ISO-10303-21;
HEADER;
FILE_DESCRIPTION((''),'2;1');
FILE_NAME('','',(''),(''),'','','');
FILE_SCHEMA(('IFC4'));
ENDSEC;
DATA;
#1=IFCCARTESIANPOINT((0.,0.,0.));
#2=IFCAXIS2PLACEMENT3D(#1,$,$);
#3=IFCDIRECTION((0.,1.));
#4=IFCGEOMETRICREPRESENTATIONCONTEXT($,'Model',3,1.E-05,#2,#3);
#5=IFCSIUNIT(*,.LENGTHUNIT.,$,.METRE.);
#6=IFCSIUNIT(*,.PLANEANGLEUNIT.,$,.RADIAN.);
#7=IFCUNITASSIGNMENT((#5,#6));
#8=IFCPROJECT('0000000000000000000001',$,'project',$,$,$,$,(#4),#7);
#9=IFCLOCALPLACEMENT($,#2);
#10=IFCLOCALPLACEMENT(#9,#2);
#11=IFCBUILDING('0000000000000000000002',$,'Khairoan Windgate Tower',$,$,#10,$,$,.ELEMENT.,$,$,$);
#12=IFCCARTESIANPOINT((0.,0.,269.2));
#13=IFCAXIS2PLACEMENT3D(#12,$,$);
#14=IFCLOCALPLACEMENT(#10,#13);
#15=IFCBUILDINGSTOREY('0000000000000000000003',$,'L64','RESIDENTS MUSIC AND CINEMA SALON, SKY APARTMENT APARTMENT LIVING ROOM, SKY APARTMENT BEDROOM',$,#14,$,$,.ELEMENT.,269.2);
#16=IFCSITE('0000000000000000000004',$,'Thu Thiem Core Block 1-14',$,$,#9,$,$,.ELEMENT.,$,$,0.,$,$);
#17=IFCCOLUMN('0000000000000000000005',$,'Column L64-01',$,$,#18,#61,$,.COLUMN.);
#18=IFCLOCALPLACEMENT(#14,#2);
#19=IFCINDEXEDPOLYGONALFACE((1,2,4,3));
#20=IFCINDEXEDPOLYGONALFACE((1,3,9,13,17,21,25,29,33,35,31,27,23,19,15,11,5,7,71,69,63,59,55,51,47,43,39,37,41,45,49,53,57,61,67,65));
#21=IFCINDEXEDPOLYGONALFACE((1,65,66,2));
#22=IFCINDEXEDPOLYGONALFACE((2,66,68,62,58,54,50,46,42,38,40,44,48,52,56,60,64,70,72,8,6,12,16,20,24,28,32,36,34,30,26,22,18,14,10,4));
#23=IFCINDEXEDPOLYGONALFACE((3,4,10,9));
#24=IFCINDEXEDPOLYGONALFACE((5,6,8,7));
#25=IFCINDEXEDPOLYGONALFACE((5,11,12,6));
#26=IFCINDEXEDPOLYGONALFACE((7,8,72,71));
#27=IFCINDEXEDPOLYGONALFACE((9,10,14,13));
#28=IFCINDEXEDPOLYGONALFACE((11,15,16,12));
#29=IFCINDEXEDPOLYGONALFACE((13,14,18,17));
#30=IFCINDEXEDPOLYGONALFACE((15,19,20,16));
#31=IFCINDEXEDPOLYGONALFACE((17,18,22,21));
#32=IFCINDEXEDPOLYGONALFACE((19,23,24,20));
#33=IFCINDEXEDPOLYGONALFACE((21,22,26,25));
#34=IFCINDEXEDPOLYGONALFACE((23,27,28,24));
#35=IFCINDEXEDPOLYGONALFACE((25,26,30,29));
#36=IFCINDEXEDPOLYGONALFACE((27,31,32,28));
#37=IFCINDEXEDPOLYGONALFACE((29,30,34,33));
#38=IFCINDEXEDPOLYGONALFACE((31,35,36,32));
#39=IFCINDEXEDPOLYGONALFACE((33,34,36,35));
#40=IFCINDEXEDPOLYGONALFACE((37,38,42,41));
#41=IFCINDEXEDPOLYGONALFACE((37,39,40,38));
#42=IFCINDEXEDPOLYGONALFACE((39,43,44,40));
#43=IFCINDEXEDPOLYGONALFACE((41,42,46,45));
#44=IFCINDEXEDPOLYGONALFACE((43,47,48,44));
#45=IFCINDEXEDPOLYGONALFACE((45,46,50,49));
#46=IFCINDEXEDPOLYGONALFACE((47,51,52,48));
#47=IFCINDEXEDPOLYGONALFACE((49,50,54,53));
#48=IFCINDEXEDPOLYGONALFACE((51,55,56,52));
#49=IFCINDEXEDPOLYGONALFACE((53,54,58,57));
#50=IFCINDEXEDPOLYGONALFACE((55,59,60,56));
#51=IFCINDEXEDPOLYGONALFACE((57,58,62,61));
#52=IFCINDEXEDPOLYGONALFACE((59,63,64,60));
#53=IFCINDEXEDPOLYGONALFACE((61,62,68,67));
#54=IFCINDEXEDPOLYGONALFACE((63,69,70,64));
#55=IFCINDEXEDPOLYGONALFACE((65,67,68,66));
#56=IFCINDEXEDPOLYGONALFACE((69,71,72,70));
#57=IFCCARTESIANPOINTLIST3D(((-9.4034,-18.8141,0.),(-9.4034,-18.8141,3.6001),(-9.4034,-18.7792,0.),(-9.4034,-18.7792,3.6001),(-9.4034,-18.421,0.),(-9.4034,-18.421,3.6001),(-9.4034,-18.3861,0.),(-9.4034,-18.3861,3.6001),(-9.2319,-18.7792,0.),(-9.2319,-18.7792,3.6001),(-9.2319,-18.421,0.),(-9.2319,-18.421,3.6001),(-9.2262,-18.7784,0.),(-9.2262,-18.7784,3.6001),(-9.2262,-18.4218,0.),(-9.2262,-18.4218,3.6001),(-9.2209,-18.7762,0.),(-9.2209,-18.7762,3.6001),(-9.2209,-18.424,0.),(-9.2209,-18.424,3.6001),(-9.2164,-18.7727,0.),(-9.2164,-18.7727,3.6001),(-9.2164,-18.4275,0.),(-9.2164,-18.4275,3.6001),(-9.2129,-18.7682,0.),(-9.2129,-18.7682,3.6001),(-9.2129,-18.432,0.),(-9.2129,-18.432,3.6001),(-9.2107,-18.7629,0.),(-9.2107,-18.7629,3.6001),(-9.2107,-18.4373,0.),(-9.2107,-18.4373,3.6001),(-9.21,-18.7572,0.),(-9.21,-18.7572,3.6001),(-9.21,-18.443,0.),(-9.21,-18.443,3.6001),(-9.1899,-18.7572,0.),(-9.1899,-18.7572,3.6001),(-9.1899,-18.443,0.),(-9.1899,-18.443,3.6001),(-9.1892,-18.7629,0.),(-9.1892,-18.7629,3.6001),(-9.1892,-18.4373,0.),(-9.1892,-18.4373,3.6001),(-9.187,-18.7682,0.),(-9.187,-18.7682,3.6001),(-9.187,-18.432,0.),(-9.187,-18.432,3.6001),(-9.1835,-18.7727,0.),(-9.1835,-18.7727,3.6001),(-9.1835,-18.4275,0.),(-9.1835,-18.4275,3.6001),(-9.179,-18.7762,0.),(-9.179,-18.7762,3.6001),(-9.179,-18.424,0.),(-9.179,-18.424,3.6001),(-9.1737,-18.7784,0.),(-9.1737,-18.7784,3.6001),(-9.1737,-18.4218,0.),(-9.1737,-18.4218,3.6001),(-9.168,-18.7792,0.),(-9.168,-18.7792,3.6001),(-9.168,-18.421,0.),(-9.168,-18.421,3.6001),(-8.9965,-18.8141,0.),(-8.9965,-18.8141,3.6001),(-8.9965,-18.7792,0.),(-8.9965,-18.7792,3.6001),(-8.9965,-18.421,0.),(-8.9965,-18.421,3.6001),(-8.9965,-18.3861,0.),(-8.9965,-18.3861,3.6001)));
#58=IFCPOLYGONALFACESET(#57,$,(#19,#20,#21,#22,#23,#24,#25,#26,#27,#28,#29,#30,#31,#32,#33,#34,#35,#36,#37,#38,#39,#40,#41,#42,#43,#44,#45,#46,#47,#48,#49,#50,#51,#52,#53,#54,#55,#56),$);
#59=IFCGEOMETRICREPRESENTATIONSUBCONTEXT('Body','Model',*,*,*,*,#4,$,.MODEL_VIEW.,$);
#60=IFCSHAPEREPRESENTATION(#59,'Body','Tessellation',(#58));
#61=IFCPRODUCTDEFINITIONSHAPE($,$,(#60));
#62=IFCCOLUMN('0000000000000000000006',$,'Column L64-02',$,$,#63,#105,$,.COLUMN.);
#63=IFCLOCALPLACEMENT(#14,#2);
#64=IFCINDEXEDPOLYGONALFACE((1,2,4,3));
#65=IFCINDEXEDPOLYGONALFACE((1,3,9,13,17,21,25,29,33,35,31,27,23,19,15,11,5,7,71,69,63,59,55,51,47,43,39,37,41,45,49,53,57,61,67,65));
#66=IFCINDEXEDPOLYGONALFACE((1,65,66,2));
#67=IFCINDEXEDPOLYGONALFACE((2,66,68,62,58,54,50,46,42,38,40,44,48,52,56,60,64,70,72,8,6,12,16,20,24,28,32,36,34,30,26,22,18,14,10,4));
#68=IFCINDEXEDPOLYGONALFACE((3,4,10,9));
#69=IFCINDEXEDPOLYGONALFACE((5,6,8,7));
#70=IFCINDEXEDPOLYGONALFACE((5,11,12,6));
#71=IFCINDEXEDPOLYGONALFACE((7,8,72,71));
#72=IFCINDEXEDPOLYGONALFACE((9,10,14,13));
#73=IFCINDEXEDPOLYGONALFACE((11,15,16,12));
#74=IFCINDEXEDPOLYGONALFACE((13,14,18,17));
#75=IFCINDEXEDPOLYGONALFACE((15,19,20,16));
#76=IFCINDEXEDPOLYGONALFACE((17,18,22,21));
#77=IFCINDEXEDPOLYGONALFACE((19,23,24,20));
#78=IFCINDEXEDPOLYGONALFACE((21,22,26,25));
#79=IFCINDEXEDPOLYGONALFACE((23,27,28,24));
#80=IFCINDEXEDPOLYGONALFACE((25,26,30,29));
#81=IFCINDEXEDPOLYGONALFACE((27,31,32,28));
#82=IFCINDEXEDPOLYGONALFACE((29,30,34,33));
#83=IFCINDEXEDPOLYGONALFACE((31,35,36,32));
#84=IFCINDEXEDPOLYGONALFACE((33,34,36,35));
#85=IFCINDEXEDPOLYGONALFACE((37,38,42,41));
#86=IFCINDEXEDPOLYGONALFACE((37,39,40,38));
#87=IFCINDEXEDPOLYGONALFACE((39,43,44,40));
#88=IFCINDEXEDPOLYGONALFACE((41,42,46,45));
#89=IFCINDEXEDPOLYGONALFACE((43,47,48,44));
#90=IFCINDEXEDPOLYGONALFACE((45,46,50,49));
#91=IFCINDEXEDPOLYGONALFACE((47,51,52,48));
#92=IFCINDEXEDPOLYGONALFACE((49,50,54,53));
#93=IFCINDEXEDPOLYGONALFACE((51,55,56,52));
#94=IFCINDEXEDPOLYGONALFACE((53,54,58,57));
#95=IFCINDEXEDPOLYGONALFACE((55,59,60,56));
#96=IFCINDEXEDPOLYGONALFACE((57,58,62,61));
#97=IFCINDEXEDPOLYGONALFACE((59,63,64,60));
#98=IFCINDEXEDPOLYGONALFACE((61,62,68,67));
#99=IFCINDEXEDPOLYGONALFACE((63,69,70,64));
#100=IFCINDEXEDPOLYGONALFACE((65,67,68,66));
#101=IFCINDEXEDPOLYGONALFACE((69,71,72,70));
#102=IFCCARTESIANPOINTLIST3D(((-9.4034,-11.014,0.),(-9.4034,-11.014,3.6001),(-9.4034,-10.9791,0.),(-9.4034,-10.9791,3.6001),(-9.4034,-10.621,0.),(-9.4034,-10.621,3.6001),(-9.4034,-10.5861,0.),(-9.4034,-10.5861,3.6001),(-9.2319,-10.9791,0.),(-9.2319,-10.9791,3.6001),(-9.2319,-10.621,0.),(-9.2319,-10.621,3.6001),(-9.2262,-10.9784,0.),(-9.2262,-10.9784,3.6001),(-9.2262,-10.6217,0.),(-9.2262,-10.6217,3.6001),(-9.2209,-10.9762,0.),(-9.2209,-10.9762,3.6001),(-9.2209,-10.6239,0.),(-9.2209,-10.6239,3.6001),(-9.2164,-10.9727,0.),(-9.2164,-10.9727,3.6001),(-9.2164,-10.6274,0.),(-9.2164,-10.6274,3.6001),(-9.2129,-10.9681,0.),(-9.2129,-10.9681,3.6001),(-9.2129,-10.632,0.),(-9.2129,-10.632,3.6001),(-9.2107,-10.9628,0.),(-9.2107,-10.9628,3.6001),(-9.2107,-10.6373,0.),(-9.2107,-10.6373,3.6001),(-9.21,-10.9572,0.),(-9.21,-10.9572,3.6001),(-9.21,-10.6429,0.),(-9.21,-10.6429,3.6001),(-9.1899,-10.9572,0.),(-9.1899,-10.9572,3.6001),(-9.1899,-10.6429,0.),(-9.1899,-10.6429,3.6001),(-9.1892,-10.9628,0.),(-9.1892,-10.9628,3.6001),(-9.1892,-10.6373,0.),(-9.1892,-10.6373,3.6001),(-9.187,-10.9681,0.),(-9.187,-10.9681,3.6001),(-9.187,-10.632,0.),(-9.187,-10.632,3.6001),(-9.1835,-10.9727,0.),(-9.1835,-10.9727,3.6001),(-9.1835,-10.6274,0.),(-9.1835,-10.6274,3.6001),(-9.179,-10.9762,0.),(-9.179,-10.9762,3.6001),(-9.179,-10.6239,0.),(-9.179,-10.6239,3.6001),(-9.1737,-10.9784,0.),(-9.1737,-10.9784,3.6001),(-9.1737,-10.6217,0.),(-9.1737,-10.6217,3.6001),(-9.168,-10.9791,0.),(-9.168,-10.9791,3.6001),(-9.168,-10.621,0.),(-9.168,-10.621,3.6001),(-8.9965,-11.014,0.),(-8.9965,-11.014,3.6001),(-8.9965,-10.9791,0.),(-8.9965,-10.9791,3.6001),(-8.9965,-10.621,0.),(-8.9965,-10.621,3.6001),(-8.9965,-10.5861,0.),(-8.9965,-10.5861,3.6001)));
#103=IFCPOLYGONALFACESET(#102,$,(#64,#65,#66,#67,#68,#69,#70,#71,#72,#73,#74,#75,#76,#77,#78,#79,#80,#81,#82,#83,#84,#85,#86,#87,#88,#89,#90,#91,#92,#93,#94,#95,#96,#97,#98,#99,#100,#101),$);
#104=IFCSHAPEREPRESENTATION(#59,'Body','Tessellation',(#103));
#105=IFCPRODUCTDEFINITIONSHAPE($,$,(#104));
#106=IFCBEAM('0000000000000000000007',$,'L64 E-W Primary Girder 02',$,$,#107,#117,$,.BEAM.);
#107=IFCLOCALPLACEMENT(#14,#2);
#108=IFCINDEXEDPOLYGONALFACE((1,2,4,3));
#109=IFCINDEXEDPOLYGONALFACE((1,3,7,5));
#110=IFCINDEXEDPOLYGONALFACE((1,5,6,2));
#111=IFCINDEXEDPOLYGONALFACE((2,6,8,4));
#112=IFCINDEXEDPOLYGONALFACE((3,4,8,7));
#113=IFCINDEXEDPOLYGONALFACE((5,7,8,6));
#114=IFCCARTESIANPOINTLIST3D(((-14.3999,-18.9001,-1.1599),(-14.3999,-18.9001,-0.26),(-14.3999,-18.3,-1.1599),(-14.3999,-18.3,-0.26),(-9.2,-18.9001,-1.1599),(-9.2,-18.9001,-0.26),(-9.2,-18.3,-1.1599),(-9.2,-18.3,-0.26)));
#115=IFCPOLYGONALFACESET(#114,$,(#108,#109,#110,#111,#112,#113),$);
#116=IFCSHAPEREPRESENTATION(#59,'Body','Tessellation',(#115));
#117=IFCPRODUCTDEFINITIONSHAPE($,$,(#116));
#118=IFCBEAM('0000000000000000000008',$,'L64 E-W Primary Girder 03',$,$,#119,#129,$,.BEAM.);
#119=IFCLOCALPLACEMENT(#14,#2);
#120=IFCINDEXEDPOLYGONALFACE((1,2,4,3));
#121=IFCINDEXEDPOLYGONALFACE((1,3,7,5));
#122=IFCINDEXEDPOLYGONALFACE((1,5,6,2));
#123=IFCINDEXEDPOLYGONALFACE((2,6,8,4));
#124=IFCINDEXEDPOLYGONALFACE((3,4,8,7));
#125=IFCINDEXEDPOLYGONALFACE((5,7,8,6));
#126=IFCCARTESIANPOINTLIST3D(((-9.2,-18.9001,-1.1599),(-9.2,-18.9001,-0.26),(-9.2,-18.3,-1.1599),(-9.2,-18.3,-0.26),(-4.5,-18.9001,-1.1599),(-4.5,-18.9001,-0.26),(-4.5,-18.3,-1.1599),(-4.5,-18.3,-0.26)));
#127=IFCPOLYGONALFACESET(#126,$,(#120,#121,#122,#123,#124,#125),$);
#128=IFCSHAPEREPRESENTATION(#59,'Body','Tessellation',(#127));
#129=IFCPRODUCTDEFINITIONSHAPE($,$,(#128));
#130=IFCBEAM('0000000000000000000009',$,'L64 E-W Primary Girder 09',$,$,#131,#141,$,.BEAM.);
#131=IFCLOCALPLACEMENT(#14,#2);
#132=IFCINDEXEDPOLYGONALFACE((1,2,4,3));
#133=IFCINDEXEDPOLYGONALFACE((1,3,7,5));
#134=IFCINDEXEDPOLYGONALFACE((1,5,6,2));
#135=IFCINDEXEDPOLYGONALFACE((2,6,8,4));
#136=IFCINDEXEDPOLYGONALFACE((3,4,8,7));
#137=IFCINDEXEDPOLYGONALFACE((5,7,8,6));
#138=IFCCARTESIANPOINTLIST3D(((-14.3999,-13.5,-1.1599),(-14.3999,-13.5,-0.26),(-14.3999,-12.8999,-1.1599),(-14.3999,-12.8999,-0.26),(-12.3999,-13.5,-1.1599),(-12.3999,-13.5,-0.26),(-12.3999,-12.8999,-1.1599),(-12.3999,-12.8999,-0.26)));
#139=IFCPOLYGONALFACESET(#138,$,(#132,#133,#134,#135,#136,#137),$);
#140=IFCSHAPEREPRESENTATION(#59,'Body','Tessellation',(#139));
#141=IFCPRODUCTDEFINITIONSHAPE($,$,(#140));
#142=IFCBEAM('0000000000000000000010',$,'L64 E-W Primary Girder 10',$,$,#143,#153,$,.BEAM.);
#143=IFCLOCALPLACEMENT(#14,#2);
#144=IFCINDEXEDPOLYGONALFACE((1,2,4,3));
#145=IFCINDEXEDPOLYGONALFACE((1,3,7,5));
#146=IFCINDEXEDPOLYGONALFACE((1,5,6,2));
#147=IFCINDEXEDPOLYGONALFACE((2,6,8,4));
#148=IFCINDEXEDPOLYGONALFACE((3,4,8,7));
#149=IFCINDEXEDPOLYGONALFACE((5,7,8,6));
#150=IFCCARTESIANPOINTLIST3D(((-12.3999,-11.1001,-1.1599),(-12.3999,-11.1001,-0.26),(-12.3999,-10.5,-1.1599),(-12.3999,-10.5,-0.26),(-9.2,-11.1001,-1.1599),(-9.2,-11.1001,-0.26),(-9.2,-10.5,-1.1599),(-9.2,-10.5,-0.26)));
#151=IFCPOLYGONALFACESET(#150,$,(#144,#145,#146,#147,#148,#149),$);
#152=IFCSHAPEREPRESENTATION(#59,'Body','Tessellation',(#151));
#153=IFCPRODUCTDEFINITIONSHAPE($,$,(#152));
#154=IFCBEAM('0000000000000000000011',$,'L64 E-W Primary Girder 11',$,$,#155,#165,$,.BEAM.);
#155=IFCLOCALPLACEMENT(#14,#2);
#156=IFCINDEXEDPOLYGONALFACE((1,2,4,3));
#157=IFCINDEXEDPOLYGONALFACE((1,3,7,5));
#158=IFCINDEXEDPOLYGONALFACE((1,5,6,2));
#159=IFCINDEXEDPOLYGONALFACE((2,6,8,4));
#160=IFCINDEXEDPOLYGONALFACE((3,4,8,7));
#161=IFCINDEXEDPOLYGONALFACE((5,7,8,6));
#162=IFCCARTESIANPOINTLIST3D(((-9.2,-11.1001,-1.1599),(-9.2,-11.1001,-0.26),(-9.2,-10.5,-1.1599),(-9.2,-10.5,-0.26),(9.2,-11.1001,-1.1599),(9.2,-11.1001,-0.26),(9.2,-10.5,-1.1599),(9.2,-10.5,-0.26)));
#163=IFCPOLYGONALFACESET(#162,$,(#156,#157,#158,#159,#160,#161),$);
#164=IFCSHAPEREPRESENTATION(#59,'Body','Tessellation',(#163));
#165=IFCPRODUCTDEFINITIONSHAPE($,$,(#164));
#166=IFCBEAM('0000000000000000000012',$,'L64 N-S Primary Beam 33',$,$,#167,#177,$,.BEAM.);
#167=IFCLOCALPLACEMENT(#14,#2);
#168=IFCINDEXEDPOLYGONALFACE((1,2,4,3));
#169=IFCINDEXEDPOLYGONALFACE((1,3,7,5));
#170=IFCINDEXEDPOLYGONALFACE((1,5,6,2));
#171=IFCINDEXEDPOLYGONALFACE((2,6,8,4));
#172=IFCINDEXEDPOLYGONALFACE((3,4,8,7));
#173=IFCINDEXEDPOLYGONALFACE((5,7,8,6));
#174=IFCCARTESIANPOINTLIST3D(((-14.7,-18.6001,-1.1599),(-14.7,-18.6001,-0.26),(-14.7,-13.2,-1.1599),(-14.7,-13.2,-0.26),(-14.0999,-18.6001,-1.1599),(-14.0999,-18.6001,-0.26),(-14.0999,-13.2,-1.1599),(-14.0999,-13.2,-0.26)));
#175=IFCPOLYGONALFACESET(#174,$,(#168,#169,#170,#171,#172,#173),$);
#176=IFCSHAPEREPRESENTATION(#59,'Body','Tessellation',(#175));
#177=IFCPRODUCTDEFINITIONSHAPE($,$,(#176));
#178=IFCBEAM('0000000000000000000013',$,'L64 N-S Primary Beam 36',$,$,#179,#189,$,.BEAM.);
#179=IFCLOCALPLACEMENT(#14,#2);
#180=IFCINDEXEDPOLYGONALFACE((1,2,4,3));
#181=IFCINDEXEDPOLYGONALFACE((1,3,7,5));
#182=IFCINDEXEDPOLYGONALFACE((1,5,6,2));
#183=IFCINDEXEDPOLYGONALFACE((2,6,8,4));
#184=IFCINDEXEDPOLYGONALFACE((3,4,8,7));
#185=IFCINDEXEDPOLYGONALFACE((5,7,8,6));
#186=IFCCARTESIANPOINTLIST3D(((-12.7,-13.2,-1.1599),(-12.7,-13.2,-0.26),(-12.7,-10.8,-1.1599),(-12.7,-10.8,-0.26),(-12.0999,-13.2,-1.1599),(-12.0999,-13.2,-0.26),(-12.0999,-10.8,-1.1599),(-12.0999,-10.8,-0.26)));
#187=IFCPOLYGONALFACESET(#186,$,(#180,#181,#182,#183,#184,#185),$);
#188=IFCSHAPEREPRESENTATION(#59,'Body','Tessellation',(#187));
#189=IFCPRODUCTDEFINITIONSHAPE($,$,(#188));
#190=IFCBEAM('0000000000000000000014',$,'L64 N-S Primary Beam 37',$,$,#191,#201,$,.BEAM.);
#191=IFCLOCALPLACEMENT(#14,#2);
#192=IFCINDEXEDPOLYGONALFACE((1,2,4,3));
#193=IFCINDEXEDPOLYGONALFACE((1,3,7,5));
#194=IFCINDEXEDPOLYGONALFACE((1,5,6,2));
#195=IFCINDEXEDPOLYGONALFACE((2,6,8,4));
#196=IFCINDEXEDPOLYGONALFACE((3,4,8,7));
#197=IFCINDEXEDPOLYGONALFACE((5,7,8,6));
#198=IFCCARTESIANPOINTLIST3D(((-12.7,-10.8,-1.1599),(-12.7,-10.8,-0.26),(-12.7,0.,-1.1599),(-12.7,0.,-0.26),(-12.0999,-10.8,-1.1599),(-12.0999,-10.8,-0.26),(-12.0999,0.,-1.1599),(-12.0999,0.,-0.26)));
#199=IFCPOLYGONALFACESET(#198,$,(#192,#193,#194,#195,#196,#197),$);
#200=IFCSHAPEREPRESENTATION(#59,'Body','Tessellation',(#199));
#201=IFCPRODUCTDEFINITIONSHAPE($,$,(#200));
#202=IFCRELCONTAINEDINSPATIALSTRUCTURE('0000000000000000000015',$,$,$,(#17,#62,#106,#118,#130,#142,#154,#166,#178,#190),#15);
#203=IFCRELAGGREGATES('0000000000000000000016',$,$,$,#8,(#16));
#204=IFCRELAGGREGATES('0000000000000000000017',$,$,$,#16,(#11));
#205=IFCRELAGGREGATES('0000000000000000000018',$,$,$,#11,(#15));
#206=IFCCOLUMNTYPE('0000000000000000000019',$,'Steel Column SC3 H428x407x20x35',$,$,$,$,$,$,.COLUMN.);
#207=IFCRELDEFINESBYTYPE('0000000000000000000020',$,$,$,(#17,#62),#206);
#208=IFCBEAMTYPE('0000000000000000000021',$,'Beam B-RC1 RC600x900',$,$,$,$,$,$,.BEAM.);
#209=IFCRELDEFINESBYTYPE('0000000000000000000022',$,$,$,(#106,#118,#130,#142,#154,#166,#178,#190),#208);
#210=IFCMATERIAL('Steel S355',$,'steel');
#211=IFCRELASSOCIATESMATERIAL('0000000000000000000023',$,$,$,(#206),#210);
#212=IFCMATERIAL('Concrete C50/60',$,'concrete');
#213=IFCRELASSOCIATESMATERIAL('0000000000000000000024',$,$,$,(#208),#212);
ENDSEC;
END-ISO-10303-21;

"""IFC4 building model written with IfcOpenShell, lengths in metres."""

from ifc_helpers import new_model, si_unit, direction, frame, origin, origin_2d, place, context, subcontext, project, spatial, rectangle, i_section, extrude, material, material_profile, profile_set, type_object, element, save


model = new_model("IFC4")

# Units and contexts
model_context = context("Model", 3, precision=1e-05, world=origin(), true_north=direction((0.0, 1.0)))
body_context = subcontext(model_context, "Body", "Model", "MODEL_VIEW")
ifc_project = project(units=[si_unit("LENGTHUNIT", "METRE"), si_unit("PLANEANGLEUNIT", "RADIAN")], contexts=[model_context])

# Site, building, storey
site_placement = place(None, origin())
site = spatial("IfcSite", under=ifc_project, at=site_placement, Name="Thu Thiem Core Block 1-14", CompositionType="ELEMENT", RefElevation=0.0)
building_placement = place(site_placement, origin())
building = spatial("IfcBuilding", under=site, at=building_placement, Name="Khairoan Windgate Tower", CompositionType="ELEMENT")
storey_placement = place(building_placement, frame((0.0, 0.0, 269.2)))
storey = spatial("IfcBuildingStorey", under=building, at=storey_placement, Name="L64", Description="RESIDENTS MUSIC AND CINEMA SALON, SKY APARTMENT APARTMENT LIVING ROOM, SKY APARTMENT BEDROOM", CompositionType="ELEMENT", Elevation=269.2)

# Columns
ifc_material_1 = material(Name="Steel S355", Category="steel")
ifc_material_profile_1 = material_profile(ifc_material_1, i_section(OverallWidth=0.407, OverallDepth=0.428, WebThickness=0.02, FlangeThickness=0.0349, FilletRadius=0.022, at=origin_2d()))
ifc_profile_set_1 = profile_set([ifc_material_profile_1], Name="Steel S355")
column_type = type_object("IfcColumnType", Name="Steel Column SC3 H428x407x20x35", PredefinedType="COLUMN", material=ifc_profile_set_1)
for number, where, z_axis, x_axis, name in (
    (1, (-9.2, -18.6001, 0.0), (0.0, 0.0, 1.0), (1.0, 0.0, 0.0), "Column L64-01"),
    (2, (-9.2, -10.8, 0.0), (0.0, 0.0, 1.0), (1.0, 0.0, 0.0), "Column L64-02"),
):
    element("IfcColumn", number, at=place(storey_placement, frame(where, z_axis=z_axis, x_axis=x_axis)), inside=storey, type_object=column_type, Name=name, PredefinedType="COLUMN", context=body_context, shape_type="SweptSolid", body=[
        extrude(i_section(OverallWidth=0.407, OverallDepth=0.428, WebThickness=0.02, FlangeThickness=0.0349, FilletRadius=0.022, at=origin_2d()), origin(), (0.0, 0.0, 1.0), 3.6001),
    ])

# Beams
ifc_material_2 = material(Name="Concrete C50/60", Category="concrete")
ifc_material_profile_2 = material_profile(ifc_material_2, rectangle(XDim=0.6001, YDim=0.8999, at=origin_2d()))
ifc_profile_set_2 = profile_set([ifc_material_profile_2], Name="Concrete C50/60")
beam_type = type_object("IfcBeamType", Name="Beam B-RC1 RC600x900", PredefinedType="BEAM", material=ifc_profile_set_2)
beam_1_placement = place(storey_placement, frame((-14.3999, -18.6001, -0.71), z_axis=(1.0, 0.0, 0.0), x_axis=(0.0, 1.0, 0.0)))
element("IfcBeam", 3, at=beam_1_placement, inside=storey, type_object=beam_type, Name="L64 E-W Primary Girder 02", PredefinedType="BEAM", context=body_context, shape_type="SweptSolid", body=[
    extrude(rectangle(XDim=0.6001, YDim=0.8999, at=origin_2d()), origin(), (0.0, 0.0, 1.0), 5.2),
])
beam_2_placement = place(storey_placement, frame((-9.2, -18.6001, -0.71), z_axis=(1.0, 0.0, 0.0), x_axis=(0.0, 1.0, 0.0)))
element("IfcBeam", 4, at=beam_2_placement, inside=storey, type_object=beam_type, Name="L64 E-W Primary Girder 03", PredefinedType="BEAM", context=body_context, shape_type="SweptSolid", body=[
    extrude(rectangle(XDim=0.6001, YDim=0.8999, at=origin_2d()), origin(), (0.0, 0.0, 1.0), 4.7),
])
beam_3_placement = place(storey_placement, frame((-14.3999, -13.2, -0.71), z_axis=(1.0, 0.0, 0.0), x_axis=(0.0, 1.0, 0.0)))
element("IfcBeam", 5, at=beam_3_placement, inside=storey, type_object=beam_type, Name="L64 E-W Primary Girder 09", PredefinedType="BEAM", context=body_context, shape_type="SweptSolid", body=[
    extrude(rectangle(XDim=0.6001, YDim=0.8999, at=origin_2d()), origin(), (0.0, 0.0, 1.0), 2.0),
])
beam_4_placement = place(storey_placement, frame((-12.3999, -10.8, -0.71), z_axis=(1.0, 0.0, 0.0), x_axis=(0.0, 1.0, 0.0)))
element("IfcBeam", 6, at=beam_4_placement, inside=storey, type_object=beam_type, Name="L64 E-W Primary Girder 10", PredefinedType="BEAM", context=body_context, shape_type="SweptSolid", body=[
    extrude(rectangle(XDim=0.6001, YDim=0.8999, at=origin_2d()), origin(), (0.0, 0.0, 1.0), 3.2),
])
beam_5_placement = place(storey_placement, frame((-9.2, -10.8, -0.71), z_axis=(1.0, 0.0, 0.0), x_axis=(0.0, 1.0, 0.0)))
element("IfcBeam", 7, at=beam_5_placement, inside=storey, type_object=beam_type, Name="L64 E-W Primary Girder 11", PredefinedType="BEAM", context=body_context, shape_type="SweptSolid", body=[
    extrude(rectangle(XDim=0.6001, YDim=0.8999, at=origin_2d()), origin(), (0.0, 0.0, 1.0), 18.3999),
])
beam_6_placement = place(storey_placement, frame((-14.3999, -18.6001, -0.71), z_axis=(0.0, 1.0, 0.0), x_axis=(-1.0, 0.0, 0.0)))
element("IfcBeam", 8, at=beam_6_placement, inside=storey, type_object=beam_type, Name="L64 N-S Primary Beam 33", PredefinedType="BEAM", context=body_context, shape_type="SweptSolid", body=[
    extrude(rectangle(XDim=0.6001, YDim=0.8999, at=origin_2d()), origin(), (0.0, 0.0, 1.0), 5.4001),
])
beam_7_placement = place(storey_placement, frame((-12.3999, -13.2, -0.71), z_axis=(0.0, 1.0, 0.0), x_axis=(-1.0, 0.0, 0.0)))
element("IfcBeam", 9, at=beam_7_placement, inside=storey, type_object=beam_type, Name="L64 N-S Primary Beam 36", PredefinedType="BEAM", context=body_context, shape_type="SweptSolid", body=[
    extrude(rectangle(XDim=0.6001, YDim=0.8999, at=origin_2d()), origin(), (0.0, 0.0, 1.0), 2.3999),
])
beam_8_placement = place(storey_placement, frame((-12.3999, -10.8, -0.71), z_axis=(0.0, 1.0, 0.0), x_axis=(-1.0, 0.0, 0.0)))
element("IfcBeam", 10, at=beam_8_placement, inside=storey, type_object=beam_type, Name="L64 N-S Primary Beam 37", PredefinedType="BEAM", context=body_context, shape_type="SweptSolid", body=[
    extrude(rectangle(XDim=0.6001, YDim=0.8999, at=origin_2d()), origin(), (0.0, 0.0, 1.0), 10.8),
])

save(model, "model.ifc")
